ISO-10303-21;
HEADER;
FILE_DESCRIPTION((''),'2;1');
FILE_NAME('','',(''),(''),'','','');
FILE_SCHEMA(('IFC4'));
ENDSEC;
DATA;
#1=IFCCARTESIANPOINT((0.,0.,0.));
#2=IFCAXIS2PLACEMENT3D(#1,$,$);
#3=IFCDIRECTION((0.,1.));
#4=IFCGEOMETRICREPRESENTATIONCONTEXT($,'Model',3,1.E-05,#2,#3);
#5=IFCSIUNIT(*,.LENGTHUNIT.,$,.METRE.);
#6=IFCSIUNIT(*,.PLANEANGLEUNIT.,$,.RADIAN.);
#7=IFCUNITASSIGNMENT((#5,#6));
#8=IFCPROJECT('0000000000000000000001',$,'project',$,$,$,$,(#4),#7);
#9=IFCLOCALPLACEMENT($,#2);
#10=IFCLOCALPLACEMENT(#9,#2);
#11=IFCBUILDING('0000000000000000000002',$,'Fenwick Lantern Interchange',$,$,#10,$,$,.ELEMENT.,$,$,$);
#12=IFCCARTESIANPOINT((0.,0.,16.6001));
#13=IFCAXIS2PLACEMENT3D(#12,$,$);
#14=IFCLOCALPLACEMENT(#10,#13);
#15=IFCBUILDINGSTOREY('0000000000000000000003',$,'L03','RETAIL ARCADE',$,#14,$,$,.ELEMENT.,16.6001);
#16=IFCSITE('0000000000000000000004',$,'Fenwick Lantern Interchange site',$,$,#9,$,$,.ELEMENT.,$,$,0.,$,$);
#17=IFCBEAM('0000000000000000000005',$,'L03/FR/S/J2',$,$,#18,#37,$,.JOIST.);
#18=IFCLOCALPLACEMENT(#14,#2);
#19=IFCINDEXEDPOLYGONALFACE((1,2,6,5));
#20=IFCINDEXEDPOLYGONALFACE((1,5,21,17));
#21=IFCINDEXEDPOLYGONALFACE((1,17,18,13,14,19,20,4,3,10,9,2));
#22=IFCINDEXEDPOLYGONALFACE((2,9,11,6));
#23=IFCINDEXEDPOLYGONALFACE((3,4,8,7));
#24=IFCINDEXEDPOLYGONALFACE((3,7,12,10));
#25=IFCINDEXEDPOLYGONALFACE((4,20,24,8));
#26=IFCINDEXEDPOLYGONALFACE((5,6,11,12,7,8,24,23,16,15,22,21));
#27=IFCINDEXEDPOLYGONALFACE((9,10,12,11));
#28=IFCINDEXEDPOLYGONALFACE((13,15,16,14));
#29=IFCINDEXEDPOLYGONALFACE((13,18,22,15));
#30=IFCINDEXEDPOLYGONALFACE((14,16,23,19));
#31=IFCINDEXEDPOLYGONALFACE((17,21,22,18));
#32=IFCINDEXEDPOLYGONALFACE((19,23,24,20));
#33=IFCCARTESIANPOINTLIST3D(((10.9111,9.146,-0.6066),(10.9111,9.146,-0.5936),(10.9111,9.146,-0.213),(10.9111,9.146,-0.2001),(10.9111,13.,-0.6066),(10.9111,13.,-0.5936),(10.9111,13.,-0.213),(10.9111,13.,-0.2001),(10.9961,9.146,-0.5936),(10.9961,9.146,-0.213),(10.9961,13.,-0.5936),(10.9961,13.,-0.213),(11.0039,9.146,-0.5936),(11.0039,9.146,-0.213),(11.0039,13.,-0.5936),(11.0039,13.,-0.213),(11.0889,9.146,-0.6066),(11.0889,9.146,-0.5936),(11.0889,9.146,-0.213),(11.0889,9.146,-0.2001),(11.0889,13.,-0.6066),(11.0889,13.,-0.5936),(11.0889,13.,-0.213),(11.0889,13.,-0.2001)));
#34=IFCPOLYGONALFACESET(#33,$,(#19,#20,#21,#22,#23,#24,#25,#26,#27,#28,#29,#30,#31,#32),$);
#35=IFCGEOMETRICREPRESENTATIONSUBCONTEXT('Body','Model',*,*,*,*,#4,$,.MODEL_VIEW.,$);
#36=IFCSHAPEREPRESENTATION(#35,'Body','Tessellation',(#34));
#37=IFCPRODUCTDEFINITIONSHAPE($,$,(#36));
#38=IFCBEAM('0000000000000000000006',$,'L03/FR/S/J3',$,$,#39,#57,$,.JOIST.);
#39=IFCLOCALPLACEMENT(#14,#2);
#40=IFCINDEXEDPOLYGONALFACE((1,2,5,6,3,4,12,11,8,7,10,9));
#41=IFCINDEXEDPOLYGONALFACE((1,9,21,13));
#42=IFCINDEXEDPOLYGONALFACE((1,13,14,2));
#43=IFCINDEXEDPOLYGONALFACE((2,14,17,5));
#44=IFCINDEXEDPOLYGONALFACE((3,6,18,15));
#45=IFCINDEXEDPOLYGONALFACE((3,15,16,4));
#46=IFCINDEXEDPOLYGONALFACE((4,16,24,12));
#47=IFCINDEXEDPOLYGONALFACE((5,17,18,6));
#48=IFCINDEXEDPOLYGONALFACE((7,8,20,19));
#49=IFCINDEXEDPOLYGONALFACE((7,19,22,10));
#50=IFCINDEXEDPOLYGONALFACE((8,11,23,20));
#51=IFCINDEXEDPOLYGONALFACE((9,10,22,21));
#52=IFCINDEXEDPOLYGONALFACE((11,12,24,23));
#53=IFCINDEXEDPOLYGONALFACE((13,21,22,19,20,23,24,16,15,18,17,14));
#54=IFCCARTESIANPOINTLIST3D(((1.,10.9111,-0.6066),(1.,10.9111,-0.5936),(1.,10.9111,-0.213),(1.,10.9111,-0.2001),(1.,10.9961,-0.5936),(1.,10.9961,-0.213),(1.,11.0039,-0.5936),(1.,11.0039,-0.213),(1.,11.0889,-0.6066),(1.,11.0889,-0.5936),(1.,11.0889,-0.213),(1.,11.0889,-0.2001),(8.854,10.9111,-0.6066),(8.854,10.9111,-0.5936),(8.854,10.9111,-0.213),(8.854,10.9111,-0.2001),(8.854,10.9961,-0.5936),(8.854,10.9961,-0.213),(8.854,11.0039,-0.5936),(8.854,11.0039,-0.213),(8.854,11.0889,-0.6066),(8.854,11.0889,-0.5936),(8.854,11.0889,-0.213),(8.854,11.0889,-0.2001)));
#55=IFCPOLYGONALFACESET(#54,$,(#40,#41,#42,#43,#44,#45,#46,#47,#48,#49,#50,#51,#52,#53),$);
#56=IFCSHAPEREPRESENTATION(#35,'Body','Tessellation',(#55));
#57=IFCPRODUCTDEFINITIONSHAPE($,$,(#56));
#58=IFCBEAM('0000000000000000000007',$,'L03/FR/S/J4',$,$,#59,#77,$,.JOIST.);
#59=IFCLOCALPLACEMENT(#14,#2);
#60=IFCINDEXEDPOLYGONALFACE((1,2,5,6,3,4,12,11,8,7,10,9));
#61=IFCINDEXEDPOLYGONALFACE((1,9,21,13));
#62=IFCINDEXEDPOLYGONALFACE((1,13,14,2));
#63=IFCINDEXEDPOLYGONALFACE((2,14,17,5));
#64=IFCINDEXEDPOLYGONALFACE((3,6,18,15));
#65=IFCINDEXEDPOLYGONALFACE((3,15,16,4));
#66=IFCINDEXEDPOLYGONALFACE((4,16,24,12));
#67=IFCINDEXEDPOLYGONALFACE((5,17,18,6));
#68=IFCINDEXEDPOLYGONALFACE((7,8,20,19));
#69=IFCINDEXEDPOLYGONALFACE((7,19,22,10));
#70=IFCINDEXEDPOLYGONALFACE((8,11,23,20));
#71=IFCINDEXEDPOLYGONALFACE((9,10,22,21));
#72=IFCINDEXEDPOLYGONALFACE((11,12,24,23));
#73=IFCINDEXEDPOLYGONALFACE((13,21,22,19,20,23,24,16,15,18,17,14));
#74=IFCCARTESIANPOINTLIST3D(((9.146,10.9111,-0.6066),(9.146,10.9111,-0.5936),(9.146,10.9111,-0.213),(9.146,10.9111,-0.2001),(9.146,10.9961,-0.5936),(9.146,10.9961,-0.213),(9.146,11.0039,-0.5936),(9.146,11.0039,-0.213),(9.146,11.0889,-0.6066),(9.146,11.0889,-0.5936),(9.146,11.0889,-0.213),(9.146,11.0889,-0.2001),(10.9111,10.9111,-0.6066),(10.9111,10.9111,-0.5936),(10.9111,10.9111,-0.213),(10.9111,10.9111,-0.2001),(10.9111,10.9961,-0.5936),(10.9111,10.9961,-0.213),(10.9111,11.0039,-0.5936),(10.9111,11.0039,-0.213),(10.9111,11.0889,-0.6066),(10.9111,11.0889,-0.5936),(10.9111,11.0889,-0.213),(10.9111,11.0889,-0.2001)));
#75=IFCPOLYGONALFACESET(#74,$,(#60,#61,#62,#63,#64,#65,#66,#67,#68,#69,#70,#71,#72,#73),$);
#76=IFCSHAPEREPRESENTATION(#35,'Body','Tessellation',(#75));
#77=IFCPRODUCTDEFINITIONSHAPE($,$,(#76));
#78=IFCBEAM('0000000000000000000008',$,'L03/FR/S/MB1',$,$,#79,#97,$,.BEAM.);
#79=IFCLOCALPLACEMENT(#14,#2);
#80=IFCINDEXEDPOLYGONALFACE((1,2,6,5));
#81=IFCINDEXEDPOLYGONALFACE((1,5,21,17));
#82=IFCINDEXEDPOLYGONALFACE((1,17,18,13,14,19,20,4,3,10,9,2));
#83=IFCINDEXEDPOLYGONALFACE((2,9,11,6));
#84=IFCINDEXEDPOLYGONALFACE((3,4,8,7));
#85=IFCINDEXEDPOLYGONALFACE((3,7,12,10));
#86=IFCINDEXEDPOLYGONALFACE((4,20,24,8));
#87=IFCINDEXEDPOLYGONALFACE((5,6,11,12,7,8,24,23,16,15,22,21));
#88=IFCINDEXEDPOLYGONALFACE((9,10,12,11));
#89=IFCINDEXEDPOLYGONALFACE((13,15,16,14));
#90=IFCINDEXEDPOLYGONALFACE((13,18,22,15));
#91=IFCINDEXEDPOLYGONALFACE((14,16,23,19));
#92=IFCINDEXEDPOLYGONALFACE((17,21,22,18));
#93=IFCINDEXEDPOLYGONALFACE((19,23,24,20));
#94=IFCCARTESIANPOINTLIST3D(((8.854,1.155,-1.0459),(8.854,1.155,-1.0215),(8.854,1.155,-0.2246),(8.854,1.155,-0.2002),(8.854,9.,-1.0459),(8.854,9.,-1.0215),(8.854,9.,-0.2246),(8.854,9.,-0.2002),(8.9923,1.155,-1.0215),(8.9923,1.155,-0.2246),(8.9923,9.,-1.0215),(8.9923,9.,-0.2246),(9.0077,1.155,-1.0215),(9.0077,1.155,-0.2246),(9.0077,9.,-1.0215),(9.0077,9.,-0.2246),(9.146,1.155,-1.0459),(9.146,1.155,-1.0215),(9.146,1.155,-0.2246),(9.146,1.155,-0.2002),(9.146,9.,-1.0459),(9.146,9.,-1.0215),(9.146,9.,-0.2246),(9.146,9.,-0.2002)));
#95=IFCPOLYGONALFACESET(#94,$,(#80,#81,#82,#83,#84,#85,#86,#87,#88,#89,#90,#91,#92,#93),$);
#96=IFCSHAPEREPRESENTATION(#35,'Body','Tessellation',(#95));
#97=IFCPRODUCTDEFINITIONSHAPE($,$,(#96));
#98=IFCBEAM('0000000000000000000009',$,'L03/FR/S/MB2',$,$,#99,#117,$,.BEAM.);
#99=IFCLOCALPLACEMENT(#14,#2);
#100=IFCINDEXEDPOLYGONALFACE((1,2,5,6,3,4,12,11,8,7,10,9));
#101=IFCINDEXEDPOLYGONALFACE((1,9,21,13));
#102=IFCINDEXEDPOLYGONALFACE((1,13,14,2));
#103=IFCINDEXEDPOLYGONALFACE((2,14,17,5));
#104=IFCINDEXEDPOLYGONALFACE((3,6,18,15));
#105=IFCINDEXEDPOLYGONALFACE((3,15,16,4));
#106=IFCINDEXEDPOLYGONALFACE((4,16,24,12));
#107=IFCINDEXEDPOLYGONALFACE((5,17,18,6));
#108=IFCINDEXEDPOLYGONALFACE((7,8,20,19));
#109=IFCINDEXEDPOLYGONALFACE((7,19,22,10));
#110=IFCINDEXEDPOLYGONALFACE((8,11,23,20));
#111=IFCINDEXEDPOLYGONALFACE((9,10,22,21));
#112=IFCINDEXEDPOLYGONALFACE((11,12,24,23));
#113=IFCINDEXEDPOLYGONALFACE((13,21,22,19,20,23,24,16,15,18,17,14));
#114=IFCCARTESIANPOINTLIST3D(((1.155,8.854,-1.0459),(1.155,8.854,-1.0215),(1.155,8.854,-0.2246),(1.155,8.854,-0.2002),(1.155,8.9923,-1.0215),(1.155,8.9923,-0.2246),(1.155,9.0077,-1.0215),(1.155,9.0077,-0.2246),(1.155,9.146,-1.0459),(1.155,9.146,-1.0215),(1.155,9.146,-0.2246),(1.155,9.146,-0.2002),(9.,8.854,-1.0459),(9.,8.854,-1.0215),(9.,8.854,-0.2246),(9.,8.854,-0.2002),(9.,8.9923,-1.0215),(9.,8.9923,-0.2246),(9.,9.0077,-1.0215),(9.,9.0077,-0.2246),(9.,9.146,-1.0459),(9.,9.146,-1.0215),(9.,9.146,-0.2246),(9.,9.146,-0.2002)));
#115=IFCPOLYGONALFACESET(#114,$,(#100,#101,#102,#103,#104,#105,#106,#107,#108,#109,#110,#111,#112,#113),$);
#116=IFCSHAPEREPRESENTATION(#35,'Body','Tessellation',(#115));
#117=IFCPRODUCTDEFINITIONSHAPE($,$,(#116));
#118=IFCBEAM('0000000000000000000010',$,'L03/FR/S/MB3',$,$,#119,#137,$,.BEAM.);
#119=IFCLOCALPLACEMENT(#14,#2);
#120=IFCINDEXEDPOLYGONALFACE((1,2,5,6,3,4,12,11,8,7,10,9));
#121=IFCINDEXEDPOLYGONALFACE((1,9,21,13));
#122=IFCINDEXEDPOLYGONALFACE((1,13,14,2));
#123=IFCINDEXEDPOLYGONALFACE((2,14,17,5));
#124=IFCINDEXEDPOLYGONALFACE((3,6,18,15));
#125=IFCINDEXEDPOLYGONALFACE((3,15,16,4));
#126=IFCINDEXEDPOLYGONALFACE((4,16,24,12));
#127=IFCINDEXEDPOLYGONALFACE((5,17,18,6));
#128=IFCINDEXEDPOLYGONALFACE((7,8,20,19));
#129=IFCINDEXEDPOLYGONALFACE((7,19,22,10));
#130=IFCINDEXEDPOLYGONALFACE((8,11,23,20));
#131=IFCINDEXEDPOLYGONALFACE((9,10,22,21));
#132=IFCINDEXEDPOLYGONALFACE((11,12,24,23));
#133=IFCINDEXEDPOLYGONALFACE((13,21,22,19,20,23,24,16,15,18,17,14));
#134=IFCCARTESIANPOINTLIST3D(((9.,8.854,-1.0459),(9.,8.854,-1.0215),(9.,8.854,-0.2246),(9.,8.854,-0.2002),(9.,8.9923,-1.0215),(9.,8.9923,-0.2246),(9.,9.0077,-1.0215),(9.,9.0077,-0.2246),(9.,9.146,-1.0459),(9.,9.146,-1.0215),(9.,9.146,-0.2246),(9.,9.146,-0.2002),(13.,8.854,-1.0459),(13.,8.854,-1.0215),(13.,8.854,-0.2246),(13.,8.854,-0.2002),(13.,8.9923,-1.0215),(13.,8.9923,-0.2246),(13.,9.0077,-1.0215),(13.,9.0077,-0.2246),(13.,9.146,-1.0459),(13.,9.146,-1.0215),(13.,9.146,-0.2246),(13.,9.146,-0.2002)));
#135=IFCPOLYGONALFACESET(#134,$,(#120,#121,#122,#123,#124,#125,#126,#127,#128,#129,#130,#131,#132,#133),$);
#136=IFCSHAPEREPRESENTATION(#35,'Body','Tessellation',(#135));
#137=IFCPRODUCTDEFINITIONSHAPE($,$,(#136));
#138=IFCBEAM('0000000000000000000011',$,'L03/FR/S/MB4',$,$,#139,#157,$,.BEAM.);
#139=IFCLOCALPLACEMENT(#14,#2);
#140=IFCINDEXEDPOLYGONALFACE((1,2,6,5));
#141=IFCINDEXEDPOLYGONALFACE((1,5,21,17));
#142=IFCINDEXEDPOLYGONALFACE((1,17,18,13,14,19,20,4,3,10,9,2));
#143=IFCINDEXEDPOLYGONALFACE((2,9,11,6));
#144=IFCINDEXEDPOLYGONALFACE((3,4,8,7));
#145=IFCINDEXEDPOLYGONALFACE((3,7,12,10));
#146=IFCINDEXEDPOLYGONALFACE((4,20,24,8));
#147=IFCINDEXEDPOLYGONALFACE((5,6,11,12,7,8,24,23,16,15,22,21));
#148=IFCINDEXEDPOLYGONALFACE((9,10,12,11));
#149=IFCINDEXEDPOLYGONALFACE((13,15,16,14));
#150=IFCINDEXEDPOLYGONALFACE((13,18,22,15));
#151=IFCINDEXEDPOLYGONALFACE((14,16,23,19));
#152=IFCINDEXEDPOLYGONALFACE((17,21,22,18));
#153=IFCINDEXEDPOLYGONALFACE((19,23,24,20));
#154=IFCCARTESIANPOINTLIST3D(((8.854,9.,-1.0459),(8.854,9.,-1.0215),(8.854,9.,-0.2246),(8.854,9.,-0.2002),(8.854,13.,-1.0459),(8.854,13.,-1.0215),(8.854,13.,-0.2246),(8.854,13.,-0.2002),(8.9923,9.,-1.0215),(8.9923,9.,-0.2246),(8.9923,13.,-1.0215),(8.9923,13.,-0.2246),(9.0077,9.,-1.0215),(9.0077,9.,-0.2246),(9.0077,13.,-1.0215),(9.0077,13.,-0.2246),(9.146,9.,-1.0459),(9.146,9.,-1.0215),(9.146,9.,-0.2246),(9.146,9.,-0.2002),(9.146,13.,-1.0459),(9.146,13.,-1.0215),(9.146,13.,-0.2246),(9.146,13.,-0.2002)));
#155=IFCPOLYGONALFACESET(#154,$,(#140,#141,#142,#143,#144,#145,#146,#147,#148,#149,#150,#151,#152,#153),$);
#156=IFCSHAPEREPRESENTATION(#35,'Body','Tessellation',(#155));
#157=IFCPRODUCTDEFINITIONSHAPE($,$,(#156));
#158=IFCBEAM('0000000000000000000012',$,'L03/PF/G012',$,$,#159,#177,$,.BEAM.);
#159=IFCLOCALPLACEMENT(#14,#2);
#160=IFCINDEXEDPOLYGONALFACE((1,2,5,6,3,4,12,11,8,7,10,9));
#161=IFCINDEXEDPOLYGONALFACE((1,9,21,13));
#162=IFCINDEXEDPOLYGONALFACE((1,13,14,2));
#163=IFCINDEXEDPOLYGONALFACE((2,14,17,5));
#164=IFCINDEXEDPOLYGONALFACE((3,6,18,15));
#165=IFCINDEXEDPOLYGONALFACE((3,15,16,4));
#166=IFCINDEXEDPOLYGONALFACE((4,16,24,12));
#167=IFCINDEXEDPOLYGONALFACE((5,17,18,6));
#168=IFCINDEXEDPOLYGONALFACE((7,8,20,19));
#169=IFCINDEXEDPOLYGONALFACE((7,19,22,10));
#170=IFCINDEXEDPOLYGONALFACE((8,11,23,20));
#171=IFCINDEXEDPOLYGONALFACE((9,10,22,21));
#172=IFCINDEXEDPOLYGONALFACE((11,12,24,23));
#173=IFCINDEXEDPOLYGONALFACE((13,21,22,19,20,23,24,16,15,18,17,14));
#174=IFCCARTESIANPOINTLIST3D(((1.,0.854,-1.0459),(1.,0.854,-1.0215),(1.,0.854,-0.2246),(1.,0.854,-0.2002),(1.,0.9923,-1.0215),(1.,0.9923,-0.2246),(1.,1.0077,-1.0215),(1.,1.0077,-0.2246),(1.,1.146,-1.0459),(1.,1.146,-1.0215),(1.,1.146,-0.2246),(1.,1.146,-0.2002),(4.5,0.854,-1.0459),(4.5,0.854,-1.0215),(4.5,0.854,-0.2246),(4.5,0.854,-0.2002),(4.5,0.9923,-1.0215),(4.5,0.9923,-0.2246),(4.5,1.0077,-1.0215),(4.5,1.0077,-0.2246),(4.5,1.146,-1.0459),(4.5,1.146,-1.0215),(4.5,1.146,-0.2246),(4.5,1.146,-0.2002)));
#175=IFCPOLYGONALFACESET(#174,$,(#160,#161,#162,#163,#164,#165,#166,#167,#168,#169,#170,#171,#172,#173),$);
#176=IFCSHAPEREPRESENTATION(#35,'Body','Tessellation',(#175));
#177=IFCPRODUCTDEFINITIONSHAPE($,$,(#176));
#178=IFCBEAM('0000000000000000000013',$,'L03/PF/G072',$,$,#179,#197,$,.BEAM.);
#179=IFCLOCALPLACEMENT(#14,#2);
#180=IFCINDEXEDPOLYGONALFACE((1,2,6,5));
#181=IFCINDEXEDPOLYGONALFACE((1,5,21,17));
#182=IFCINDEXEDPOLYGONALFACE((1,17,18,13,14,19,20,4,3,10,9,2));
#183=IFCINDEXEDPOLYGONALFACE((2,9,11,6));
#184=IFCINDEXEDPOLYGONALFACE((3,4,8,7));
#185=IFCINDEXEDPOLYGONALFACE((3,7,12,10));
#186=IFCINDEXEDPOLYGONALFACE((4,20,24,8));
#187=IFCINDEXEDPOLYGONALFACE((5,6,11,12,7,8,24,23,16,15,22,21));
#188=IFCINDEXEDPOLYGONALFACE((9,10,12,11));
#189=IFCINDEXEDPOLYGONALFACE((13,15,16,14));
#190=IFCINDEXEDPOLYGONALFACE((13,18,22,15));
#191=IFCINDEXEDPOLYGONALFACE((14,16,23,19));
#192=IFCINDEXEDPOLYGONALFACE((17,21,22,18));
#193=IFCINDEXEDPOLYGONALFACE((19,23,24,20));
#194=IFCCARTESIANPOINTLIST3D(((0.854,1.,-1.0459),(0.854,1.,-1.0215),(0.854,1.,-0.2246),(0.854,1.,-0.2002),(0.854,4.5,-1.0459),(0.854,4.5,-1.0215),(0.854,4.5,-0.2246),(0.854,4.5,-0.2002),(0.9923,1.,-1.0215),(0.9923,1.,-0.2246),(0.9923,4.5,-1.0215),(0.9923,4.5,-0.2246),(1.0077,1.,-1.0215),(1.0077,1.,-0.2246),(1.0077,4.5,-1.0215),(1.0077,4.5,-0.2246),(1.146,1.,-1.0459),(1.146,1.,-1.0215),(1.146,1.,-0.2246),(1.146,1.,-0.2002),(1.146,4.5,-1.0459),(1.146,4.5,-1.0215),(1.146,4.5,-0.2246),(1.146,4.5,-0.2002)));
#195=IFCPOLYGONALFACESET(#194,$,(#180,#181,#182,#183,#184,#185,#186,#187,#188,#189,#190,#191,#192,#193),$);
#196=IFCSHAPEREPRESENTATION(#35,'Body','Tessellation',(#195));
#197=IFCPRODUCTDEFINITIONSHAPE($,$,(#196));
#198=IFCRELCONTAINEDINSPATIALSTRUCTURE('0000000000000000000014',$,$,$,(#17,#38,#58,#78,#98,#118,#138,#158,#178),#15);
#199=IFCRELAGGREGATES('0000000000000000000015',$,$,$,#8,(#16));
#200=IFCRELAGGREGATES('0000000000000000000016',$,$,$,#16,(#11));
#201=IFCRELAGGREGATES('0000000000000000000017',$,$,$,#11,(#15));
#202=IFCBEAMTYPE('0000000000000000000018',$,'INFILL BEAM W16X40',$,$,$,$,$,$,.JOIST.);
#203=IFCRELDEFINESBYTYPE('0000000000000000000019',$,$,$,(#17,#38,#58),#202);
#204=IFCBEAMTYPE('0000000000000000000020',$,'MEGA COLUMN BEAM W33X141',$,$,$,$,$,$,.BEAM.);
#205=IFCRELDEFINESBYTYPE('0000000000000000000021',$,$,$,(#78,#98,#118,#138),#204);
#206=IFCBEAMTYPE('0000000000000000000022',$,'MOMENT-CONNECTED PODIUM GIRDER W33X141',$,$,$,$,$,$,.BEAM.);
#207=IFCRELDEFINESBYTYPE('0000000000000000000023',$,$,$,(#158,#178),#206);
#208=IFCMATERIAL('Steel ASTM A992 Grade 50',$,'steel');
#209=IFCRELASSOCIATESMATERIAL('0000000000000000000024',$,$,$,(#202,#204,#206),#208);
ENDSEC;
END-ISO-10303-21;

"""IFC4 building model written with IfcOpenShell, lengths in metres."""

from ifc_helpers import new_model, si_unit, direction, frame, origin, origin_2d, place, context, subcontext, project, spatial, i_section, extrude, material, material_profile, profile_set, type_object, element, save


model = new_model("IFC4")

# Units and contexts
model_context = context("Model", 3, precision=1e-05, world=origin(), true_north=direction((0.0, 1.0)))
body_context = subcontext(model_context, "Body", "Model", "MODEL_VIEW")
ifc_project = project(units=[si_unit("LENGTHUNIT", "METRE"), si_unit("PLANEANGLEUNIT", "RADIAN")], contexts=[model_context])

# Site, building, storey
site_placement = place(None, origin())
site = spatial("IfcSite", under=ifc_project, at=site_placement, Name="Fenwick Lantern Interchange site", CompositionType="ELEMENT", RefElevation=0.0)
building_placement = place(site_placement, origin())
building = spatial("IfcBuilding", under=site, at=building_placement, Name="Fenwick Lantern Interchange", CompositionType="ELEMENT")
storey_placement = place(building_placement, frame((0.0, 0.0, 16.6001)))
storey = spatial("IfcBuildingStorey", under=building, at=storey_placement, Name="L03", Description="RETAIL ARCADE", CompositionType="ELEMENT", Elevation=16.6001)

# Shared definitions
ifc_material_1 = material(Name="Steel ASTM A992 Grade 50", Category="steel")

# Beams
ifc_material_profile_1 = material_profile(ifc_material_1, i_section(OverallWidth=0.1777, OverallDepth=0.4065, WebThickness=0.0078, FlangeThickness=0.0129, at=origin_2d()), Name="W16X40")
ifc_profile_set_1 = profile_set([ifc_material_profile_1], Name="Steel ASTM A992 Grade 50")
beam_type_1 = type_object("IfcBeamType", Name="INFILL BEAM W16X40", PredefinedType="JOIST", material=ifc_profile_set_1)
beam_1_placement = place(storey_placement, frame((11.0, 9.146, -0.4033), z_axis=(0.0, 1.0, 0.0), x_axis=(-1.0, 0.0, 0.0)))
element("IfcBeam", 1, at=beam_1_placement, inside=storey, type_object=beam_type_1, Name="L03/FR/S/J2", PredefinedType="JOIST", context=body_context, shape_type="SweptSolid", body=[
    extrude(i_section(OverallWidth=0.1777, OverallDepth=0.4065, WebThickness=0.0078, FlangeThickness=0.0129, at=origin_2d()), origin(), (0.0, 0.0, 1.0), 3.854),
])
beam_2_placement = place(storey_placement, frame((1.0, 11.0, -0.4033), z_axis=(1.0, 0.0, 0.0), x_axis=(0.0, 1.0, 0.0)))
element("IfcBeam", 2, at=beam_2_placement, inside=storey, type_object=beam_type_1, Name="L03/FR/S/J3", PredefinedType="JOIST", context=body_context, shape_type="SweptSolid", body=[
    extrude(i_section(OverallWidth=0.1777, OverallDepth=0.4065, WebThickness=0.0078, FlangeThickness=0.0129, at=origin_2d()), origin(), (0.0, 0.0, 1.0), 7.854),
])
beam_3_placement = place(storey_placement, frame((9.146, 11.0, -0.4033), z_axis=(1.0, 0.0, 0.0), x_axis=(0.0, 1.0, 0.0)))
element("IfcBeam", 3, at=beam_3_placement, inside=storey, type_object=beam_type_1, Name="L03/FR/S/J4", PredefinedType="JOIST", context=body_context, shape_type="SweptSolid", body=[
    extrude(i_section(OverallWidth=0.1777, OverallDepth=0.4065, WebThickness=0.0078, FlangeThickness=0.0129, at=origin_2d()), origin(), (0.0, 0.0, 1.0), 1.7651),
])
ifc_material_profile_2 = material_profile(ifc_material_1, i_section(OverallWidth=0.292, OverallDepth=0.8457, WebThickness=0.0154, FlangeThickness=0.0244, at=origin_2d()), Name="W33X141")
ifc_profile_set_2 = profile_set([ifc_material_profile_2], Name="Steel ASTM A992 Grade 50")
beam_type_2 = type_object("IfcBeamType", Name="MEGA COLUMN BEAM W33X141", PredefinedType="BEAM", material=ifc_profile_set_2)
for number, where, z_axis, x_axis, name in (
    (4, (9.0, 9.0, -0.623), (0.0, -1.0, 0.0), (1.0, 0.0, 0.0), "L03/FR/S/MB1"),
    (5, (9.0, 9.0, -0.623), (-1.0, 0.0, 0.0), (0.0, -1.0, 0.0), "L03/FR/S/MB2"),
):
    element("IfcBeam", number, at=place(storey_placement, frame(where, z_axis=z_axis, x_axis=x_axis)), inside=storey, type_object=beam_type_2, Name=name, PredefinedType="BEAM", context=body_context, shape_type="SweptSolid", body=[
        extrude(i_section(OverallWidth=0.292, OverallDepth=0.8457, WebThickness=0.0154, FlangeThickness=0.0244, at=origin_2d()), origin(), (0.0, 0.0, 1.0), 7.845),
    ])
for number, where, z_axis, x_axis, name in (
    (6, (9.0, 9.0, -0.623), (1.0, 0.0, 0.0), (0.0, 1.0, 0.0), "L03/FR/S/MB3"),
    (7, (9.0, 9.0, -0.623), (0.0, 1.0, 0.0), (-1.0, 0.0, 0.0), "L03/FR/S/MB4"),
):
    element("IfcBeam", number, at=place(storey_placement, frame(where, z_axis=z_axis, x_axis=x_axis)), inside=storey, type_object=beam_type_2, Name=name, PredefinedType="BEAM", context=body_context, shape_type="SweptSolid", body=[
        extrude(i_section(OverallWidth=0.292, OverallDepth=0.8457, WebThickness=0.0154, FlangeThickness=0.0244, at=origin_2d()), origin(), (0.0, 0.0, 1.0), 4.0),
    ])
ifc_material_profile_3 = material_profile(ifc_material_1, i_section(OverallWidth=0.292, OverallDepth=0.8457, WebThickness=0.0154, FlangeThickness=0.0244, at=origin_2d()), Name="W33X141")
ifc_profile_set_3 = profile_set([ifc_material_profile_3], Name="Steel ASTM A992 Grade 50")
beam_type_3 = type_object("IfcBeamType", Name="MOMENT-CONNECTED PODIUM GIRDER W33X141", PredefinedType="BEAM", material=ifc_profile_set_3)
for number, where, z_axis, x_axis, name in (
    (8, (1.0, 1.0, -0.623), (1.0, 0.0, 0.0), (0.0, 1.0, 0.0), "L03/PF/G012"),
    (9, (1.0, 1.0, -0.623), (0.0, 1.0, 0.0), (-1.0, 0.0, 0.0), "L03/PF/G072"),
):
    element("IfcBeam", number, at=place(storey_placement, frame(where, z_axis=z_axis, x_axis=x_axis)), inside=storey, type_object=beam_type_3, Name=name, PredefinedType="BEAM", context=body_context, shape_type="SweptSolid", body=[
        extrude(i_section(OverallWidth=0.292, OverallDepth=0.8457, WebThickness=0.0154, FlangeThickness=0.0244, at=origin_2d()), origin(), (0.0, 0.0, 1.0), 3.5),
    ])

save(model, "model.ifc")
